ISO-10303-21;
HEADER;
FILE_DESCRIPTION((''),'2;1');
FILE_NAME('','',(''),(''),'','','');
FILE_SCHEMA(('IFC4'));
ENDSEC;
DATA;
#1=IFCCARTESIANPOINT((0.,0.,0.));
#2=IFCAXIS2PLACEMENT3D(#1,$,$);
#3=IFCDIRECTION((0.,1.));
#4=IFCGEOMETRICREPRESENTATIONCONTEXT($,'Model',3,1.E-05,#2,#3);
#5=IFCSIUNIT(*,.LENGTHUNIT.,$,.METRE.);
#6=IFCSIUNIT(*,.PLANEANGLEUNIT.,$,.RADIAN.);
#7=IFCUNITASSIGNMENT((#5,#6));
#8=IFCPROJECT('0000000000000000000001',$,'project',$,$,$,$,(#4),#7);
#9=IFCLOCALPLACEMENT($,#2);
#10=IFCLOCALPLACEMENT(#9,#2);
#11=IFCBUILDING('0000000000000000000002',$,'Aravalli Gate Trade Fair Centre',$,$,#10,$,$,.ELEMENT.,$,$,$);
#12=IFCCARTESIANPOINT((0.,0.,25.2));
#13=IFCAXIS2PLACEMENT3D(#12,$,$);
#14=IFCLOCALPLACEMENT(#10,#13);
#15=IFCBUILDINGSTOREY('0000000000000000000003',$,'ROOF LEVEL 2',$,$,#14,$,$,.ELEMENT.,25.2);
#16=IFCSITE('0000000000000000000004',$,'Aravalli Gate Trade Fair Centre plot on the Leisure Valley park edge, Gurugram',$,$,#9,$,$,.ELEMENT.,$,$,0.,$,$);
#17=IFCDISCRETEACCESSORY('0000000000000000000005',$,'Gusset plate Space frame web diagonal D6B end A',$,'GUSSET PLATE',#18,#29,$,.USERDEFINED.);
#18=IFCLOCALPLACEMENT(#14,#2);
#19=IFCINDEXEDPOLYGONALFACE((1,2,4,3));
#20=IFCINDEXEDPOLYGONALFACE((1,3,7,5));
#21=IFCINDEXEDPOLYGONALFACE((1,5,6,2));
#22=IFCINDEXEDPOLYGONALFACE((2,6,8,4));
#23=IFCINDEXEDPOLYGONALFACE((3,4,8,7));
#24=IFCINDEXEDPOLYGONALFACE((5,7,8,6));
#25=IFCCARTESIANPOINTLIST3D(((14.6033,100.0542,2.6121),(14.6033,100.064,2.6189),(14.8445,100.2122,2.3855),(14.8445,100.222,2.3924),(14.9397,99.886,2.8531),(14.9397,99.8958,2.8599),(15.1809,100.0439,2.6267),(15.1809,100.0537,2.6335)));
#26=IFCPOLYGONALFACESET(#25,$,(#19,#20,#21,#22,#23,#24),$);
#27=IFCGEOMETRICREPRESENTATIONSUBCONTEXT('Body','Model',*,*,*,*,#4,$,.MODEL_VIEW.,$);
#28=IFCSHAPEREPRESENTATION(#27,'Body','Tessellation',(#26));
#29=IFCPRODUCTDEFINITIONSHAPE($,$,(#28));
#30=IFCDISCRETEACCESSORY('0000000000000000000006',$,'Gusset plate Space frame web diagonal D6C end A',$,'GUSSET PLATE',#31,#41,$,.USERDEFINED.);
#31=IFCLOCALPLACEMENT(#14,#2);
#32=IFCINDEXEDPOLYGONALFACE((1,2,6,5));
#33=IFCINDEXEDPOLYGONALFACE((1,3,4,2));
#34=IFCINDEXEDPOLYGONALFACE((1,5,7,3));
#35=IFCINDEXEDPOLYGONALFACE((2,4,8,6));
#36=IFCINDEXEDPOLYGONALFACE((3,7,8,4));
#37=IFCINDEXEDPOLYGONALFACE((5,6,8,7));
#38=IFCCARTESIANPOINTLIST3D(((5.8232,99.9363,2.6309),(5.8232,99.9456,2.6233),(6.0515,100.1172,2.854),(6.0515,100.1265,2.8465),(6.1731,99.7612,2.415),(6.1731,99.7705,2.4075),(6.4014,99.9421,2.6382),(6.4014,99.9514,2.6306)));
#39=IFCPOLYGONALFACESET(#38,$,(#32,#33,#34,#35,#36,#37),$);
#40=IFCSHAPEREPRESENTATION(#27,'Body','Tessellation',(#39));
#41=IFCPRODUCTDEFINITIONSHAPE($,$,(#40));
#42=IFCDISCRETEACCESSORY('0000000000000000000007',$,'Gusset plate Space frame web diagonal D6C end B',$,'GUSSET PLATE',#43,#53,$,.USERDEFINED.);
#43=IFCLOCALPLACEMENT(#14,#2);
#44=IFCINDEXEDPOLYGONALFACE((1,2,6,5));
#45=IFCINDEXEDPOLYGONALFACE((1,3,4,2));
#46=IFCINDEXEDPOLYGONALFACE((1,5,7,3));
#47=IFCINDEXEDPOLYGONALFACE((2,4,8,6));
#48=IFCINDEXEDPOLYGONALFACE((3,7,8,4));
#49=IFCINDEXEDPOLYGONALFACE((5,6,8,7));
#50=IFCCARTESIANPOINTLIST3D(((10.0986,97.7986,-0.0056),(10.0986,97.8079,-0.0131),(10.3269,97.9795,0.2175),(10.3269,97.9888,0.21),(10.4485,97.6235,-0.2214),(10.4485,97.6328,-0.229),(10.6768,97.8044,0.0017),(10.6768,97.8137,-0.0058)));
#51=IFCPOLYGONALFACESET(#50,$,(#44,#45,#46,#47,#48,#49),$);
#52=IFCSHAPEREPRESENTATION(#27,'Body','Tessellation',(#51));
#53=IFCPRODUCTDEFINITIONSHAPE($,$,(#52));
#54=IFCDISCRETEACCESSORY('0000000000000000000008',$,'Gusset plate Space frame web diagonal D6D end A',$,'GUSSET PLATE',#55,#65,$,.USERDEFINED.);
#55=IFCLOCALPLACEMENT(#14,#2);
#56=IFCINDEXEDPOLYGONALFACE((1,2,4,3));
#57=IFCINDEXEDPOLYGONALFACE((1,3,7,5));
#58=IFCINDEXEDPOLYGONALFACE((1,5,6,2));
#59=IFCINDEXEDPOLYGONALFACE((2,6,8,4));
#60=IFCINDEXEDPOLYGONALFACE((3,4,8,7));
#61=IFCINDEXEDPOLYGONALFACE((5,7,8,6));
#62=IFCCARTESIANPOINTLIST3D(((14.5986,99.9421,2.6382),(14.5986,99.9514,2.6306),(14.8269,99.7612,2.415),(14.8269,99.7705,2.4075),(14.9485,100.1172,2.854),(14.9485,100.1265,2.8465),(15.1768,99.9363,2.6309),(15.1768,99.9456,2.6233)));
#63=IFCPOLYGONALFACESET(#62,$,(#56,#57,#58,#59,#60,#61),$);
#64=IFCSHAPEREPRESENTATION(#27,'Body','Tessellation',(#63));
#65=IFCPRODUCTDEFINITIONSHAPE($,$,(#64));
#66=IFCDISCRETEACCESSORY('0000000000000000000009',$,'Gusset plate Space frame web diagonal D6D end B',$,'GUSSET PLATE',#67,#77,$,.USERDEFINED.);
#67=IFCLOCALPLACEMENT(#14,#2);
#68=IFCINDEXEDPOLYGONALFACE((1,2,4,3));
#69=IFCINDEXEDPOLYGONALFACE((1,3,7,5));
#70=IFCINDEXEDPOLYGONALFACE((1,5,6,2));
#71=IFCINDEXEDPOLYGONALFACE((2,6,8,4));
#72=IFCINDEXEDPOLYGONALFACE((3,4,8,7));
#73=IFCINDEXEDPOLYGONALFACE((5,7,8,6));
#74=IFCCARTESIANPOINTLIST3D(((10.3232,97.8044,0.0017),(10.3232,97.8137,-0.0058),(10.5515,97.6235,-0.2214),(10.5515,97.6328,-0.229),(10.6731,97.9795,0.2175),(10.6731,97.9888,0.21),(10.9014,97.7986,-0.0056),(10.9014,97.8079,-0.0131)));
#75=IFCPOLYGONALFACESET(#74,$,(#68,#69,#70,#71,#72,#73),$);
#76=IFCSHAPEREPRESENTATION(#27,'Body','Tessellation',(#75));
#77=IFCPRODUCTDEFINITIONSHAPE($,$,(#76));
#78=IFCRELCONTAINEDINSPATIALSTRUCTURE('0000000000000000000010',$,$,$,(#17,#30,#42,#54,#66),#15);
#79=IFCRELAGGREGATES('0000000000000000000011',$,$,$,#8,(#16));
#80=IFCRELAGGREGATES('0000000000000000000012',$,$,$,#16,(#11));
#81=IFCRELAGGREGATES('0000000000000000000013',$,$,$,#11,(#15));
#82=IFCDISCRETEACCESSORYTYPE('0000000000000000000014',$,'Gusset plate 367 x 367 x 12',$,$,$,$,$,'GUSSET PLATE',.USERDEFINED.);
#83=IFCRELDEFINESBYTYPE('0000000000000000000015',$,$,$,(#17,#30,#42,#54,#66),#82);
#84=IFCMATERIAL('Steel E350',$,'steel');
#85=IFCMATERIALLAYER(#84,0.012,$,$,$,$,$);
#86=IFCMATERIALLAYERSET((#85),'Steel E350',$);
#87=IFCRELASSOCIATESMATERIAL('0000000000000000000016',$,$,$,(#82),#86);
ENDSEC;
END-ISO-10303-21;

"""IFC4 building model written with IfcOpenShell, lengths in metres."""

from ifc_helpers import new_model, si_unit, direction, frame, origin, place, context, subcontext, project, spatial, polyline, outline, extrude, material, layer, layer_set, type_object, element, save


model = new_model("IFC4")

# Units and contexts
model_context = context("Model", 3, precision=1e-05, world=origin(), true_north=direction((0.0, 1.0)))
body_context = subcontext(model_context, "Body", "Model", "MODEL_VIEW")
ifc_project = project(units=[si_unit("LENGTHUNIT", "METRE"), si_unit("PLANEANGLEUNIT", "RADIAN")], contexts=[model_context])

# Site, building, storey
site_placement = place(None, origin())
site = spatial("IfcSite", under=ifc_project, at=site_placement, Name="Aravalli Gate Trade Fair Centre plot on the Leisure Valley park edge, Gurugram", CompositionType="ELEMENT", RefElevation=0.0)
building_placement = place(site_placement, origin())
building = spatial("IfcBuilding", under=site, at=building_placement, Name="Aravalli Gate Trade Fair Centre", CompositionType="ELEMENT")
storey_placement = place(building_placement, frame((0.0, 0.0, 25.2)))
storey = spatial("IfcBuildingStorey", under=building, at=storey_placement, Name="ROOF LEVEL 2", CompositionType="ELEMENT", Elevation=25.2)

# Shared definitions
ifc_material_1 = material(Name="Steel E350", Category="steel")

# Discrete accessories
ifc_layer_1 = layer(ifc_material_1, 0.012)
ifc_layer_set_1 = layer_set([ifc_layer_1], Name="Steel E350")
discrete_accessory_type_1 = type_object("IfcDiscreteAccessoryType", Name="Gusset plate 367 x 367 x 12", ElementType="GUSSET PLATE", PredefinedType="USERDEFINED", material=ifc_layer_set_1)
discrete_accessory_1_placement = place(storey_placement, frame((14.6033, 100.064, 2.6189), z_axis=(0.000049, 0.820141, 0.572161), x_axis=(0.753132, -0.376438, 0.539524)))
element("IfcDiscreteAccessory", 1, at=discrete_accessory_1_placement, inside=storey, type_object=discrete_accessory_type_1, Name="Gusset plate Space frame web diagonal D6B end A", ObjectType="GUSSET PLATE", PredefinedType="USERDEFINED", context=body_context, shape_type="SweptSolid", body=[
    extrude(outline(polyline([(0.0, 0.0), (0.4467, 0.0), (0.4468, 0.3665), (0.0, 0.3667), (0.0, 0.0)])), origin(), (0.0, 0.0, -1.0), 0.012),
])
discrete_accessory_2_placement = place(storey_placement, frame((6.1731, 99.7612, 2.415), z_axis=(-0.000107, -0.776736, 0.629826), x_axis=(-0.783044, 0.391795, 0.48305)))
element("IfcDiscreteAccessory", 2, at=discrete_accessory_2_placement, inside=storey, type_object=discrete_accessory_type_1, Name="Gusset plate Space frame web diagonal D6C end A", ObjectType="GUSSET PLATE", PredefinedType="USERDEFINED", context=body_context, shape_type="SweptSolid", body=[
    extrude(outline(polyline([(0.0, 0.0), (0.4468, 0.0), (0.4467, -0.3669), (-0.0001, -0.3669), (0.0, 0.0)])), origin(), (0.0, 0.0, -1.0), 0.012),
])
discrete_accessory_3_placement = place(storey_placement, frame((10.0986, 97.7986, -0.0056), z_axis=(-0.000107, -0.776736, 0.629826), x_axis=(0.783044, -0.391795, -0.48305)))
element("IfcDiscreteAccessory", 3, at=discrete_accessory_3_placement, inside=storey, type_object=discrete_accessory_type_1, Name="Gusset plate Space frame web diagonal D6C end B", ObjectType="GUSSET PLATE", PredefinedType="USERDEFINED", context=body_context, shape_type="SweptSolid", body=[
    extrude(outline(polyline([(0.0, 0.0), (0.4468, 0.0), (0.4469, 0.3669), (0.0001, 0.3669), (0.0, 0.0)])), origin(), (0.0, 0.0, -1.0), 0.012),
])
discrete_accessory_4_placement = place(storey_placement, frame((14.5986, 99.9421, 2.6382), z_axis=(0.000107, -0.776736, 0.629826), x_axis=(0.783044, 0.391795, 0.48305)))
element("IfcDiscreteAccessory", 4, at=discrete_accessory_4_placement, inside=storey, type_object=discrete_accessory_type_1, Name="Gusset plate Space frame web diagonal D6D end A", ObjectType="GUSSET PLATE", PredefinedType="USERDEFINED", context=body_context, shape_type="SweptSolid", body=[
    extrude(outline(polyline([(0.0, 0.0), (0.4468, 0.0), (0.4469, -0.3669), (0.0001, -0.3669), (0.0, 0.0)])), origin(), (0.0, 0.0, -1.0), 0.012),
])
discrete_accessory_5_placement = place(storey_placement, frame((10.6731, 97.9795, 0.2175), z_axis=(0.000107, -0.776736, 0.629826), x_axis=(-0.783044, -0.391795, -0.48305)))
element("IfcDiscreteAccessory", 5, at=discrete_accessory_5_placement, inside=storey, type_object=discrete_accessory_type_1, Name="Gusset plate Space frame web diagonal D6D end B", ObjectType="GUSSET PLATE", PredefinedType="USERDEFINED", context=body_context, shape_type="SweptSolid", body=[
    extrude(outline(polyline([(0.0, 0.0), (0.4468, 0.0), (0.4467, 0.3669), (-0.0001, 0.3669), (0.0, 0.0)])), origin(), (0.0, 0.0, -1.0), 0.012),
])

save(model, "model.ifc")
